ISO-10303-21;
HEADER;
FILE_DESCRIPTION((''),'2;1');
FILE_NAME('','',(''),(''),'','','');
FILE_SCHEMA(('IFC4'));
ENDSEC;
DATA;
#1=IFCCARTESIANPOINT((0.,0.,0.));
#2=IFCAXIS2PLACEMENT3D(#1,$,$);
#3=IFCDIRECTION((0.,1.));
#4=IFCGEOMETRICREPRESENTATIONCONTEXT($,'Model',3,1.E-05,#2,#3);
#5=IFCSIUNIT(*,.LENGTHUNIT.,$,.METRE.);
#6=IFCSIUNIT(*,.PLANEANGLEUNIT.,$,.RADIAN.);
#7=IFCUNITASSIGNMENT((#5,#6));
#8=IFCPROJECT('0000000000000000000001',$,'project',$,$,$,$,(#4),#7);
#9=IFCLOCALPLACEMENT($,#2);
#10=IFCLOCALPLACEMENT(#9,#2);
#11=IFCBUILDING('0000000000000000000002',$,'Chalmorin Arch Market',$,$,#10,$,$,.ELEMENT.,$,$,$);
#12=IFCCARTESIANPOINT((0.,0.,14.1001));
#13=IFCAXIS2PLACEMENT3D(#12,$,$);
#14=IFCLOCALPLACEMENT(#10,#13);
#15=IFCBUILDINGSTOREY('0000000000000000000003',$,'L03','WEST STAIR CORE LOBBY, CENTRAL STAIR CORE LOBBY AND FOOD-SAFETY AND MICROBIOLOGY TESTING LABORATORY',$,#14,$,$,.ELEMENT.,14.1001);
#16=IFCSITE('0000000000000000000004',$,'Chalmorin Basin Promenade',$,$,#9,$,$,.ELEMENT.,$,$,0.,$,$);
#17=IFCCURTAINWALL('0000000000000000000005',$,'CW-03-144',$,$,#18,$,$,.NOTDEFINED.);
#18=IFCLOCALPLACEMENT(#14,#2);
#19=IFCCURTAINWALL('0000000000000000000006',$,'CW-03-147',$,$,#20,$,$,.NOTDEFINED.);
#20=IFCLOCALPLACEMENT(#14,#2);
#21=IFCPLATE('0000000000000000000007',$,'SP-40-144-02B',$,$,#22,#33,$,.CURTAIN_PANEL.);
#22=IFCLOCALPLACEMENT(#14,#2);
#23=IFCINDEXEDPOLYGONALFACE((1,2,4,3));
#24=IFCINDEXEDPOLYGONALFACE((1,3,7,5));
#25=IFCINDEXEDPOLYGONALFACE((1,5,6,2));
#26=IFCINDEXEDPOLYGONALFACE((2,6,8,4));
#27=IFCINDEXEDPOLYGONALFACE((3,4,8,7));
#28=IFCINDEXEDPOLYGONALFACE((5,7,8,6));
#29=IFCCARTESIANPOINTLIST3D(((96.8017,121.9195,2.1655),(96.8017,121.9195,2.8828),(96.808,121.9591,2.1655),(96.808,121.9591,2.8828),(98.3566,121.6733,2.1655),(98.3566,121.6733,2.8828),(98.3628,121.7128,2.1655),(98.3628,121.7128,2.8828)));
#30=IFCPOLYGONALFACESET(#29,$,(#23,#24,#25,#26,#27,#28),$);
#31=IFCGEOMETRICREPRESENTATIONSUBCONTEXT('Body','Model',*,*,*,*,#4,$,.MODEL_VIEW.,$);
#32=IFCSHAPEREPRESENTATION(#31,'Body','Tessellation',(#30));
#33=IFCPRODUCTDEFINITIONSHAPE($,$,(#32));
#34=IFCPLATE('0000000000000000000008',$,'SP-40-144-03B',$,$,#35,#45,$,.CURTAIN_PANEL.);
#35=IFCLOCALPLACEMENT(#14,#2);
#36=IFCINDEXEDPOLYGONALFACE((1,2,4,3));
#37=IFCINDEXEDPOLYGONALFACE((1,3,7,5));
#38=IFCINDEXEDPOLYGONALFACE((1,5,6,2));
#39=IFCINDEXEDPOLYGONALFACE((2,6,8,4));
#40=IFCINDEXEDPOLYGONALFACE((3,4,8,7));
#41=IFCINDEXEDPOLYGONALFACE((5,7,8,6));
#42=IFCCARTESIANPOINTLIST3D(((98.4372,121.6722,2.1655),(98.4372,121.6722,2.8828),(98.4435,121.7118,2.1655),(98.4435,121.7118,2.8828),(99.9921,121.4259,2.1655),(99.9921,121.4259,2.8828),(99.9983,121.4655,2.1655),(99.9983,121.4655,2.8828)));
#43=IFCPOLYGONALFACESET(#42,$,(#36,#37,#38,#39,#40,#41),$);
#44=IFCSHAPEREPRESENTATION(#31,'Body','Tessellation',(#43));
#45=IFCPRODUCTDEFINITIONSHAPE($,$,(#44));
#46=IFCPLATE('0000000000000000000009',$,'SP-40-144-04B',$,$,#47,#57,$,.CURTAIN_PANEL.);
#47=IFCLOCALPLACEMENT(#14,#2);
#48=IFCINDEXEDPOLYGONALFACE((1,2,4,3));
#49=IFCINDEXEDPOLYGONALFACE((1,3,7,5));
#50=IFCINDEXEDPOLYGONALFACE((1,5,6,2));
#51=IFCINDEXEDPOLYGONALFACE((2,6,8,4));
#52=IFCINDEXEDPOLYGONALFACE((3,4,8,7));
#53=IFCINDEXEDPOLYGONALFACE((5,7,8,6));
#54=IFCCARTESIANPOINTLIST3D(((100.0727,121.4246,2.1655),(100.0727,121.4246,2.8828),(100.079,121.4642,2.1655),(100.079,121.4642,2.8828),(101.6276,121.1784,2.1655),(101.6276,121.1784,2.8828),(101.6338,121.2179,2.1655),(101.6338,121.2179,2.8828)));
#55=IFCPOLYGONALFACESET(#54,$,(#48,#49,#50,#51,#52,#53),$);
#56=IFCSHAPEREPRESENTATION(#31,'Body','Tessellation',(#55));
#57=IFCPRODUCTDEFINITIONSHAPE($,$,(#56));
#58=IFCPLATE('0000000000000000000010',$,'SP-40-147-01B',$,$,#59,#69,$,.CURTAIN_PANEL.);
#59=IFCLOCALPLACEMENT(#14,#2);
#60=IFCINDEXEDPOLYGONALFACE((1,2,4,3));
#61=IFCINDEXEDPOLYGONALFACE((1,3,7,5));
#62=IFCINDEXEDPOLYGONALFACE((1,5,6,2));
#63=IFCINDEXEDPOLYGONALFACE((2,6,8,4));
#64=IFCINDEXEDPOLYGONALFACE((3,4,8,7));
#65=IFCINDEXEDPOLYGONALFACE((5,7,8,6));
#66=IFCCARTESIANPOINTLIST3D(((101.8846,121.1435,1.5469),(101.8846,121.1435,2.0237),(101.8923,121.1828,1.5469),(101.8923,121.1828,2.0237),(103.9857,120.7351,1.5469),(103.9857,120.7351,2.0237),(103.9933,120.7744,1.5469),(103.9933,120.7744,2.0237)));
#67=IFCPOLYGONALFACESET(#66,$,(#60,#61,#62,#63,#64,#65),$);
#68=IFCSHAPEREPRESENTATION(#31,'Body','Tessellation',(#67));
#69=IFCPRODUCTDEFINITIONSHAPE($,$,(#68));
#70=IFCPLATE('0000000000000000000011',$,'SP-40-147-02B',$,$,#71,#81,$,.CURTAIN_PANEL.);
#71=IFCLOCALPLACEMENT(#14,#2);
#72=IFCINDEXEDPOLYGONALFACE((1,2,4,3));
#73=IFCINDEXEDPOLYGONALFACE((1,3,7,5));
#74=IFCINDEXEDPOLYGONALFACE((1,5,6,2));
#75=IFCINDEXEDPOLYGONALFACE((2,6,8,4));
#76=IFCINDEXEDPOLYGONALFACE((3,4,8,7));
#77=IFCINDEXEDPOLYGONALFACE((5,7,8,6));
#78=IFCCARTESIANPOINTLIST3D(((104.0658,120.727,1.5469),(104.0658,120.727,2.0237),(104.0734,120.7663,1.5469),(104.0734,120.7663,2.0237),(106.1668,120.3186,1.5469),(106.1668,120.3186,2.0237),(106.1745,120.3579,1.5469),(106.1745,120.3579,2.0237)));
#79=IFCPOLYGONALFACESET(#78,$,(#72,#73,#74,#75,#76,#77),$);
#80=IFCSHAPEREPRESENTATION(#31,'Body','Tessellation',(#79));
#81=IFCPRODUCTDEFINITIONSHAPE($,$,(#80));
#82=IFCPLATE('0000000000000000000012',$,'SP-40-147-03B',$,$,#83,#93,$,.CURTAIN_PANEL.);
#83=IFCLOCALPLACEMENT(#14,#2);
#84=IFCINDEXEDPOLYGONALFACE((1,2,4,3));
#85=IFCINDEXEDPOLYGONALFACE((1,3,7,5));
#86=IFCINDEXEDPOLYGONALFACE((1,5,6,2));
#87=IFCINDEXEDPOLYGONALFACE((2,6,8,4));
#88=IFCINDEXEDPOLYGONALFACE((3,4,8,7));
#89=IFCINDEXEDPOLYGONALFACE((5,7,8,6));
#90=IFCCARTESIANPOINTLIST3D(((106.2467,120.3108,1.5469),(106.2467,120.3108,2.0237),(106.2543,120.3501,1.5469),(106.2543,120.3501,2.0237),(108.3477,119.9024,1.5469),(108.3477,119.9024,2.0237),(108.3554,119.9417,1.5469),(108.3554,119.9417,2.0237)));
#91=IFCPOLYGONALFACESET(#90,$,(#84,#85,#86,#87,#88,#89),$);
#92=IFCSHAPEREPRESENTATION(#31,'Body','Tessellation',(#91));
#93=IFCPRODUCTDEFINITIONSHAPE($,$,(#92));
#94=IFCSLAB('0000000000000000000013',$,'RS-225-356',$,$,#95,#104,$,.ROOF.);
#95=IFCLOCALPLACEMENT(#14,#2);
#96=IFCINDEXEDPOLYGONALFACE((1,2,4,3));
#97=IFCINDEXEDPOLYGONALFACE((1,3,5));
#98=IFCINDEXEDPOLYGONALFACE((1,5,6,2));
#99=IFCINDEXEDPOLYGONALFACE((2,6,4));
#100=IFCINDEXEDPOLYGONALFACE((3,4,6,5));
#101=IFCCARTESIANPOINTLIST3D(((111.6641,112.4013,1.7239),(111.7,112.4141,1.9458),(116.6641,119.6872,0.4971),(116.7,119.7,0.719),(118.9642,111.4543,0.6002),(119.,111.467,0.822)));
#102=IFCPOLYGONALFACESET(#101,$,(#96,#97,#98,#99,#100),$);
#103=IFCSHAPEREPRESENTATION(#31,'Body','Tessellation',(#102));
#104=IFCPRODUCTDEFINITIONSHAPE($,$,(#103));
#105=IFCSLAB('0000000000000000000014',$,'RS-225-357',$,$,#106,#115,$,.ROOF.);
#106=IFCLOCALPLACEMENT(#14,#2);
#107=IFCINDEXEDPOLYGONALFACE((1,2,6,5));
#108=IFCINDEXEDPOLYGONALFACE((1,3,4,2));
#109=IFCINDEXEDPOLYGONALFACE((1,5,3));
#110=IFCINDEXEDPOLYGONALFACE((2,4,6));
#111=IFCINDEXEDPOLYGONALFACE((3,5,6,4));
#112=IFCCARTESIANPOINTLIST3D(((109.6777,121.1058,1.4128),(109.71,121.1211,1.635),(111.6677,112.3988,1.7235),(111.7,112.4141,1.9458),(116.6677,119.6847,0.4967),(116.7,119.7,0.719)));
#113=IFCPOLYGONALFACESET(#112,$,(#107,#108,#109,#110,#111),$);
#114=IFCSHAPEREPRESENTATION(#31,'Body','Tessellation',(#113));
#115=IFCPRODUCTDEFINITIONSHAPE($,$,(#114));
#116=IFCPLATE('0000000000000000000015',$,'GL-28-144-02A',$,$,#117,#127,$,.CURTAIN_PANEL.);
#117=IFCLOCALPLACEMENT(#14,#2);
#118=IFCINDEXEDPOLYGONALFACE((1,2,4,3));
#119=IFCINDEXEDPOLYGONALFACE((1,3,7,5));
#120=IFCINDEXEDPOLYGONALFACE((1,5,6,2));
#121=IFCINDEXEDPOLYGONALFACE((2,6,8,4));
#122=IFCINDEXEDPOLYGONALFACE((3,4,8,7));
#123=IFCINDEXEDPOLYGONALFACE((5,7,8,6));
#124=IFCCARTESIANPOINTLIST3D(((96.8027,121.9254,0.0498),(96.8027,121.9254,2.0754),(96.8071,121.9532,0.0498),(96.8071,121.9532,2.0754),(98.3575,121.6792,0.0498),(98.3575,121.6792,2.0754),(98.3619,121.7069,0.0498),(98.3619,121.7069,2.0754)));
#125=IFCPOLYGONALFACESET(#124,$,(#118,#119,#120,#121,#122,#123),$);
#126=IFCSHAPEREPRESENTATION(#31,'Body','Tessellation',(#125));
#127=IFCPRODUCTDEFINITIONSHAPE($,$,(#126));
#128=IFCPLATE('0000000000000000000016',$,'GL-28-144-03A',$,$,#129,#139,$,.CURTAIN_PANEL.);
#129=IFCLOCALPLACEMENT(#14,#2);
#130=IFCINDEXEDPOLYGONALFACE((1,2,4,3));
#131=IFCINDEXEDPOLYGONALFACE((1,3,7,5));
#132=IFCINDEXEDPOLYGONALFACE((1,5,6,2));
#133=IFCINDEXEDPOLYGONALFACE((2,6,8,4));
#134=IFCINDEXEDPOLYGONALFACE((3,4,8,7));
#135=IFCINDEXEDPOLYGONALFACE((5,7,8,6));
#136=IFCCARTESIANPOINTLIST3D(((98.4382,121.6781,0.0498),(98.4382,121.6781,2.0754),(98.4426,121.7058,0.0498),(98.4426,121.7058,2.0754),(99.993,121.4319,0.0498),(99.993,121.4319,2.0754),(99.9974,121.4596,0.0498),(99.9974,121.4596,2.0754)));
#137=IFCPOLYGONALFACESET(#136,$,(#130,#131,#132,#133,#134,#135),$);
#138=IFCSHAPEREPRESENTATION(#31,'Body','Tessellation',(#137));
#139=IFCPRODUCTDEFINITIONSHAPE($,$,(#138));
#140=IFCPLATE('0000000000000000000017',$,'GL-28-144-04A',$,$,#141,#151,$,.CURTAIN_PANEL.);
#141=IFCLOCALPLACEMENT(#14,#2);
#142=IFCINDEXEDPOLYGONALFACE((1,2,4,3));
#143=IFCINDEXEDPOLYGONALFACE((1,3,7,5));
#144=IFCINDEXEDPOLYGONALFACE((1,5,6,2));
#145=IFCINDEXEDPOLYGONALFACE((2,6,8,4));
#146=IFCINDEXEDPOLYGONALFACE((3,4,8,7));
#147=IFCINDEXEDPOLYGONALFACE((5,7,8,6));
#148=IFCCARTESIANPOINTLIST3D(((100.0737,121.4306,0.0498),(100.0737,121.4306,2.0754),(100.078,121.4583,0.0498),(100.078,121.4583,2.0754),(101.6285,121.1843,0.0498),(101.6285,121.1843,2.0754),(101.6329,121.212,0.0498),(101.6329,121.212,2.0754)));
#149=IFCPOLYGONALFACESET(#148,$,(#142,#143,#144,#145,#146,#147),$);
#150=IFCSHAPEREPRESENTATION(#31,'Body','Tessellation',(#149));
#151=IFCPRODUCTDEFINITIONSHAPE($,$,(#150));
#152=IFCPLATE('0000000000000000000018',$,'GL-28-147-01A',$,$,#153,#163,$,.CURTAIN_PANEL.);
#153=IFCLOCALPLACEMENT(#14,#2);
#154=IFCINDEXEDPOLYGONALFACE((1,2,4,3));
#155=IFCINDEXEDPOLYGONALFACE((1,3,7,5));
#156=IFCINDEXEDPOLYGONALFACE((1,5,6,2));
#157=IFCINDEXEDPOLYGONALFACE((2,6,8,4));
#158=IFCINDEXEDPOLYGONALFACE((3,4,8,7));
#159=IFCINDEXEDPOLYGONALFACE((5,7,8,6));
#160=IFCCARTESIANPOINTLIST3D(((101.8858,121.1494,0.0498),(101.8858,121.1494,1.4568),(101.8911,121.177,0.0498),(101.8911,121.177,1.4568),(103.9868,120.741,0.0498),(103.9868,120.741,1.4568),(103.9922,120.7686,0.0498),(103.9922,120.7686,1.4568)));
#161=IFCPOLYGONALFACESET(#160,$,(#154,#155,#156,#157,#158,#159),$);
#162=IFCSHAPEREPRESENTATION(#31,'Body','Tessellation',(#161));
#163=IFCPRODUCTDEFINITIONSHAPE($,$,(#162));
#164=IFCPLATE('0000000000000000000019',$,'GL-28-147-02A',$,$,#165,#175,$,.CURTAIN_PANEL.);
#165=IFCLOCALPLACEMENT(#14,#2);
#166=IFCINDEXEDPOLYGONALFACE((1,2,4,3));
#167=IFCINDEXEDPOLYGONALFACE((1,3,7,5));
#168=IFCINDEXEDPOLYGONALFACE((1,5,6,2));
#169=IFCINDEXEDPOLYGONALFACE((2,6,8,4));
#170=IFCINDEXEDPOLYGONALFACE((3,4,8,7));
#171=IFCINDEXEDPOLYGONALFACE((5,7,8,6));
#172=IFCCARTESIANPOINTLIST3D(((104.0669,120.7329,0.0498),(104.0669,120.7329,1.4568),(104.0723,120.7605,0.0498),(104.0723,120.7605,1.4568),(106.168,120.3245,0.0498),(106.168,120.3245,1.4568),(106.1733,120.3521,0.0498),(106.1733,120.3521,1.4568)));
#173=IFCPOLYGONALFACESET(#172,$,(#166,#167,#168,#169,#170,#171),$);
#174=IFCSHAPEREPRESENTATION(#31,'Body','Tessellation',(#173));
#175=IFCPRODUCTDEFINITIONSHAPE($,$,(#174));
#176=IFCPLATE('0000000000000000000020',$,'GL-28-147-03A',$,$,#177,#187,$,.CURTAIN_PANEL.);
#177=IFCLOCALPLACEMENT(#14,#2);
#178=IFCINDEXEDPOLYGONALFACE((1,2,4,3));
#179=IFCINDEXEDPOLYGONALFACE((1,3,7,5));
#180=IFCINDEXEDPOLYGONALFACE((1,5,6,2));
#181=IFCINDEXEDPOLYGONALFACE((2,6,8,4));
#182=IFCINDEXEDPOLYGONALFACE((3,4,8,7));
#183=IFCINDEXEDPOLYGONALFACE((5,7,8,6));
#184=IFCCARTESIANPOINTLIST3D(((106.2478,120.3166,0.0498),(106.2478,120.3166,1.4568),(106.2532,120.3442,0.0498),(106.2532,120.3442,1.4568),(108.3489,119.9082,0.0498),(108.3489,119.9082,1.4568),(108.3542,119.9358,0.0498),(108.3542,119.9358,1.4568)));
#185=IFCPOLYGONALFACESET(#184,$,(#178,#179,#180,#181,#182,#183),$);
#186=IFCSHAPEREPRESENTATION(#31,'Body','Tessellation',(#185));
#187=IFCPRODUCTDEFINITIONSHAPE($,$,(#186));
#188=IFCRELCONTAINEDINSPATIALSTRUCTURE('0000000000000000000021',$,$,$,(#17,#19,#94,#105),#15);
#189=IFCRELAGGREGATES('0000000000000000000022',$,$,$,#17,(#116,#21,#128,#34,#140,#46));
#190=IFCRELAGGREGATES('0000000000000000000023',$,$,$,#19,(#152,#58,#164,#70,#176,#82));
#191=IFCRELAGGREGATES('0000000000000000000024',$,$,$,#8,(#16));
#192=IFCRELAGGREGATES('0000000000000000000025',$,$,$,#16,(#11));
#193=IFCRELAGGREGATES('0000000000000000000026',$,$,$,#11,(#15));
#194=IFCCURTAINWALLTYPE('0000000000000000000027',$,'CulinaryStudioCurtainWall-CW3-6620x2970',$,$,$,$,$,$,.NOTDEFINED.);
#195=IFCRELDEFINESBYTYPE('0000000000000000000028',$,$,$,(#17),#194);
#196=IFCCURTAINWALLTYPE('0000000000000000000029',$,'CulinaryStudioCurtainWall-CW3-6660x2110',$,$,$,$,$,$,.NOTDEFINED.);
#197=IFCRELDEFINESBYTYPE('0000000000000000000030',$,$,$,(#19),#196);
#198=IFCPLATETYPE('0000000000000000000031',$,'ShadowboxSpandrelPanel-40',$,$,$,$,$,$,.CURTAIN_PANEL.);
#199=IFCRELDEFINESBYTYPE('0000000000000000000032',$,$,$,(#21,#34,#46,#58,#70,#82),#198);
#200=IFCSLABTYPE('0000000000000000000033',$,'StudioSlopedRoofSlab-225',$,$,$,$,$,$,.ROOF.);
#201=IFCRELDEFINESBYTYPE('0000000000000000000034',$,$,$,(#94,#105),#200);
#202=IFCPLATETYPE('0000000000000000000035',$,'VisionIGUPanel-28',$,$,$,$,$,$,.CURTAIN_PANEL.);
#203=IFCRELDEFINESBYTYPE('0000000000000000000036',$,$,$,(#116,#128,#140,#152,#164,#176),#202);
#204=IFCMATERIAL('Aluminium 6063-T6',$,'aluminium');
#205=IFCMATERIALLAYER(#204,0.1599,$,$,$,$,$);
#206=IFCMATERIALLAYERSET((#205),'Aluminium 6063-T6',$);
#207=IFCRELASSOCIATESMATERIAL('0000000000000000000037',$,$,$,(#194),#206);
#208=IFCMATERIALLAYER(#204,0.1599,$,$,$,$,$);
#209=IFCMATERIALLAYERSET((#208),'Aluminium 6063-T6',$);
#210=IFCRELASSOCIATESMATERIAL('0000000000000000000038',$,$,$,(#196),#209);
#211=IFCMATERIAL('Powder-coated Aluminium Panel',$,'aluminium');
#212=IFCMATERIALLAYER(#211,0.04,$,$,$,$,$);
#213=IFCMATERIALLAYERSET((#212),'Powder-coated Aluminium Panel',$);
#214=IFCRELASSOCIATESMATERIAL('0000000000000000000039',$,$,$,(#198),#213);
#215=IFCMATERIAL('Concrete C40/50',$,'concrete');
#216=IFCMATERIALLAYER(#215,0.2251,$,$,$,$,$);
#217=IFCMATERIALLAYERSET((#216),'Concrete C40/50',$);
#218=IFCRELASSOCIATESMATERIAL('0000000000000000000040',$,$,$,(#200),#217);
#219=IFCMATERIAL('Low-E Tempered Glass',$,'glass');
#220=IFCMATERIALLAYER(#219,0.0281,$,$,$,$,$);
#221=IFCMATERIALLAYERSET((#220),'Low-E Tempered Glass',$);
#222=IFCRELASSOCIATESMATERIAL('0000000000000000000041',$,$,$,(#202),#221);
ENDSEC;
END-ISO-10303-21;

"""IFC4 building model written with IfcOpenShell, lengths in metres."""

from ifc_helpers import new_model, si_unit, direction, frame, origin, origin_2d, place, context, subcontext, project, spatial, polyline, rectangle, outline, extrude, material, layer, layer_set, type_object, element, aggregate, save


model = new_model("IFC4")

# Units and contexts
model_context = context("Model", 3, precision=1e-05, world=origin(), true_north=direction((0.0, 1.0)))
body_context = subcontext(model_context, "Body", "Model", "MODEL_VIEW")
ifc_project = project(units=[si_unit("LENGTHUNIT", "METRE"), si_unit("PLANEANGLEUNIT", "RADIAN")], contexts=[model_context])

# Site, building, storey
site_placement = place(None, origin())
site = spatial("IfcSite", under=ifc_project, at=site_placement, Name="Chalmorin Basin Promenade", CompositionType="ELEMENT", RefElevation=0.0)
building_placement = place(site_placement, origin())
building = spatial("IfcBuilding", under=site, at=building_placement, Name="Chalmorin Arch Market", CompositionType="ELEMENT")
storey_placement = place(building_placement, frame((0.0, 0.0, 14.1001)))
storey = spatial("IfcBuildingStorey", under=building, at=storey_placement, Name="L03", Description="WEST STAIR CORE LOBBY, CENTRAL STAIR CORE LOBBY AND FOOD-SAFETY AND MICROBIOLOGY TESTING LABORATORY", CompositionType="ELEMENT", Elevation=14.1001)

# Shared definitions
ifc_material_1 = material(Name="Concrete C40/50", Category="concrete")

# Curtain walls
ifc_material_2 = material(Name="Aluminium 6063-T6", Category="aluminium")
ifc_layer_1 = layer(ifc_material_2, 0.1599)
ifc_layer_set_1 = layer_set([ifc_layer_1], Name="Aluminium 6063-T6")
curtain_wall_type_1 = type_object("IfcCurtainWallType", Name="CulinaryStudioCurtainWall-CW3-6620x2970", PredefinedType="NOTDEFINED", material=ifc_layer_set_1)
curtain_wall_1_placement = place(storey_placement, origin())
curtain_wall_1 = element("IfcCurtainWall", 1, at=curtain_wall_1_placement, inside=storey, type_object=curtain_wall_type_1, Name="CW-03-144", PredefinedType="NOTDEFINED")
ifc_layer_2 = layer(ifc_material_2, 0.1599)
ifc_layer_set_2 = layer_set([ifc_layer_2], Name="Aluminium 6063-T6")
curtain_wall_type_2 = type_object("IfcCurtainWallType", Name="CulinaryStudioCurtainWall-CW3-6660x2110", PredefinedType="NOTDEFINED", material=ifc_layer_set_2)
curtain_wall_2_placement = place(storey_placement, origin())
curtain_wall_2 = element("IfcCurtainWall", 2, at=curtain_wall_2_placement, inside=storey, type_object=curtain_wall_type_2, Name="CW-03-147", PredefinedType="NOTDEFINED")

# Plates
ifc_material_3 = material(Name="Powder-coated Aluminium Panel", Category="aluminium")
ifc_layer_3 = layer(ifc_material_3, 0.04)
ifc_layer_set_3 = layer_set([ifc_layer_3], Name="Powder-coated Aluminium Panel")
plate_type_1 = type_object("IfcPlateType", Name="ShadowboxSpandrelPanel-40", PredefinedType="CURTAIN_PANEL", material=ifc_layer_set_3)
plate_1_placement = place(storey_placement, frame((97.5823, 121.8162, 2.1655), z_axis=(0.0, 0.0, 1.0), x_axis=(0.987688, -0.156434, 0.0)))
plate_1 = element("IfcPlate", 3, at=plate_1_placement, type_object=plate_type_1, Name="SP-40-144-02B", PredefinedType="CURTAIN_PANEL", context=body_context, shape_type="SweptSolid", body=[
    extrude(rectangle(XDim=1.5742, YDim=0.04, at=origin_2d()), origin(), (0.0, 0.0, 1.0), 0.7173),
])
plate_2_placement = place(storey_placement, frame((99.2178, 121.5688, 2.1655), z_axis=(0.0, 0.0, 1.0), x_axis=(0.987688, -0.156434, 0.0)))
plate_2 = element("IfcPlate", 4, at=plate_2_placement, type_object=plate_type_1, Name="SP-40-144-03B", PredefinedType="CURTAIN_PANEL", context=body_context, shape_type="SweptSolid", body=[
    extrude(rectangle(XDim=1.5742, YDim=0.04, at=origin_2d()), origin(), (0.0, 0.0, 1.0), 0.7173),
])
plate_3_placement = place(storey_placement, frame((100.8533, 121.3213, 2.1655), z_axis=(0.0, 0.0, 1.0), x_axis=(0.987688, -0.156434, 0.0)))
plate_3 = element("IfcPlate", 5, at=plate_3_placement, type_object=plate_type_1, Name="SP-40-144-04B", PredefinedType="CURTAIN_PANEL", context=body_context, shape_type="SweptSolid", body=[
    extrude(rectangle(XDim=1.5742, YDim=0.04, at=origin_2d()), origin(), (0.0, 0.0, 1.0), 0.7173),
])
plate_4_placement = place(storey_placement, frame((102.939, 120.959, 1.5469), z_axis=(0.0, 0.0, 1.0), x_axis=(0.981627, -0.190809, 0.0)))
plate_4 = element("IfcPlate", 6, at=plate_4_placement, type_object=plate_type_1, Name="SP-40-147-01B", PredefinedType="CURTAIN_PANEL", context=body_context, shape_type="SweptSolid", body=[
    extrude(rectangle(XDim=2.1404, YDim=0.04, at=origin_2d()), origin(), (0.0, 0.0, 1.0), 0.4768),
])
plate_5_placement = place(storey_placement, frame((105.1201, 120.5425, 1.5469), z_axis=(0.0, 0.0, 1.0), x_axis=(0.981627, -0.190809, 0.0)))
plate_5 = element("IfcPlate", 7, at=plate_5_placement, type_object=plate_type_1, Name="SP-40-147-02B", PredefinedType="CURTAIN_PANEL", context=body_context, shape_type="SweptSolid", body=[
    extrude(rectangle(XDim=2.1404, YDim=0.04, at=origin_2d()), origin(), (0.0, 0.0, 1.0), 0.4768),
])
plate_6_placement = place(storey_placement, frame((107.301, 120.1262, 1.5469), z_axis=(0.0, 0.0, 1.0), x_axis=(0.981627, -0.190809, 0.0)))
plate_6 = element("IfcPlate", 8, at=plate_6_placement, type_object=plate_type_1, Name="SP-40-147-03B", PredefinedType="CURTAIN_PANEL", context=body_context, shape_type="SweptSolid", body=[
    extrude(rectangle(XDim=2.1404, YDim=0.04, at=origin_2d()), origin(), (0.0, 0.0, 1.0), 0.4768),
])

# Slabs
ifc_layer_4 = layer(ifc_material_1, 0.2251)
ifc_layer_set_4 = layer_set([ifc_layer_4], Name="Concrete C40/50")
slab_type = type_object("IfcSlabType", Name="StudioSlopedRoofSlab-225", PredefinedType="ROOF", material=ifc_layer_set_4)
slab_1_placement = place(storey_placement, frame((111.7, 112.4141, 1.9458), z_axis=(0.159095, 0.056781, 0.985629), x_axis=(0.980332, -0.127177, -0.150914)))
element("IfcSlab", 9, at=slab_1_placement, inside=storey, type_object=slab_type, Name="RS-225-356", PredefinedType="ROOF", context=body_context, shape_type="SweptSolid", body=[
    extrude(outline(polyline([(0.0, 0.0), (7.4465, 0.0), (4.1602, 7.8919), (0.0, 0.0)])), origin(), (0.0, 0.0, -1.0), 0.2251),
])
slab_2_placement = place(storey_placement, frame((111.7, 112.4141, 1.9458), z_axis=(0.143209, 0.067973, 0.987355), x_axis=(0.560458, 0.816687, -0.137515)))
element("IfcSlab", 10, at=slab_2_placement, inside=storey, type_object=slab_type, Name="RS-225-357", PredefinedType="ROOF", context=body_context, shape_type="SweptSolid", body=[
    extrude(outline(polyline([(0.0, 0.0), (8.9213, 0.0), (6.0383, 6.5884), (0.0, 0.0)])), origin(), (0.0, 0.0, -1.0), 0.2251),
])

# Plates
ifc_material_4 = material(Name="Low-E Tempered Glass", Category="glass")
ifc_layer_5 = layer(ifc_material_4, 0.0281)
ifc_layer_set_5 = layer_set([ifc_layer_5], Name="Low-E Tempered Glass")
plate_type_2 = type_object("IfcPlateType", Name="VisionIGUPanel-28", PredefinedType="CURTAIN_PANEL", material=ifc_layer_set_5)
plate_7_placement = place(storey_placement, frame((97.5823, 121.8162, 0.0498), z_axis=(0.0, 0.0, 1.0), x_axis=(0.987688, -0.156434, 0.0)))
plate_7 = element("IfcPlate", 11, at=plate_7_placement, type_object=plate_type_2, Name="GL-28-144-02A", PredefinedType="CURTAIN_PANEL", context=body_context, shape_type="SweptSolid", body=[
    extrude(rectangle(XDim=1.5742, YDim=0.0281, at=origin_2d()), origin(), (0.0, 0.0, 1.0), 2.0256),
])
plate_8_placement = place(storey_placement, frame((99.2178, 121.5688, 0.0498), z_axis=(0.0, 0.0, 1.0), x_axis=(0.987688, -0.156434, 0.0)))
plate_8 = element("IfcPlate", 12, at=plate_8_placement, type_object=plate_type_2, Name="GL-28-144-03A", PredefinedType="CURTAIN_PANEL", context=body_context, shape_type="SweptSolid", body=[
    extrude(rectangle(XDim=1.5742, YDim=0.0281, at=origin_2d()), origin(), (0.0, 0.0, 1.0), 2.0256),
])
plate_9_placement = place(storey_placement, frame((100.8533, 121.3213, 0.0498), z_axis=(0.0, 0.0, 1.0), x_axis=(0.987688, -0.156434, 0.0)))
plate_9 = element("IfcPlate", 13, at=plate_9_placement, type_object=plate_type_2, Name="GL-28-144-04A", PredefinedType="CURTAIN_PANEL", context=body_context, shape_type="SweptSolid", body=[
    extrude(rectangle(XDim=1.5742, YDim=0.0281, at=origin_2d()), origin(), (0.0, 0.0, 1.0), 2.0256),
])
aggregate(curtain_wall_1, [plate_7, plate_1, plate_8, plate_2, plate_9, plate_3])
plate_10_placement = place(storey_placement, frame((102.939, 120.959, 0.0498), z_axis=(0.0, 0.0, 1.0), x_axis=(0.981627, -0.190809, 0.0)))
plate_10 = element("IfcPlate", 14, at=plate_10_placement, type_object=plate_type_2, Name="GL-28-147-01A", PredefinedType="CURTAIN_PANEL", context=body_context, shape_type="SweptSolid", body=[
    extrude(rectangle(XDim=2.1404, YDim=0.0281, at=origin_2d()), origin(), (0.0, 0.0, 1.0), 1.407),
])
plate_11_placement = place(storey_placement, frame((105.1201, 120.5425, 0.0498), z_axis=(0.0, 0.0, 1.0), x_axis=(0.981627, -0.190809, 0.0)))
plate_11 = element("IfcPlate", 15, at=plate_11_placement, type_object=plate_type_2, Name="GL-28-147-02A", PredefinedType="CURTAIN_PANEL", context=body_context, shape_type="SweptSolid", body=[
    extrude(rectangle(XDim=2.1404, YDim=0.0281, at=origin_2d()), origin(), (0.0, 0.0, 1.0), 1.407),
])
plate_12_placement = place(storey_placement, frame((107.301, 120.1262, 0.0498), z_axis=(0.0, 0.0, 1.0), x_axis=(0.981627, -0.190809, 0.0)))
plate_12 = element("IfcPlate", 16, at=plate_12_placement, type_object=plate_type_2, Name="GL-28-147-03A", PredefinedType="CURTAIN_PANEL", context=body_context, shape_type="SweptSolid", body=[
    extrude(rectangle(XDim=2.1404, YDim=0.0281, at=origin_2d()), origin(), (0.0, 0.0, 1.0), 1.407),
])
aggregate(curtain_wall_2, [plate_10, plate_4, plate_11, plate_5, plate_12, plate_6])

save(model, "model.ifc")
